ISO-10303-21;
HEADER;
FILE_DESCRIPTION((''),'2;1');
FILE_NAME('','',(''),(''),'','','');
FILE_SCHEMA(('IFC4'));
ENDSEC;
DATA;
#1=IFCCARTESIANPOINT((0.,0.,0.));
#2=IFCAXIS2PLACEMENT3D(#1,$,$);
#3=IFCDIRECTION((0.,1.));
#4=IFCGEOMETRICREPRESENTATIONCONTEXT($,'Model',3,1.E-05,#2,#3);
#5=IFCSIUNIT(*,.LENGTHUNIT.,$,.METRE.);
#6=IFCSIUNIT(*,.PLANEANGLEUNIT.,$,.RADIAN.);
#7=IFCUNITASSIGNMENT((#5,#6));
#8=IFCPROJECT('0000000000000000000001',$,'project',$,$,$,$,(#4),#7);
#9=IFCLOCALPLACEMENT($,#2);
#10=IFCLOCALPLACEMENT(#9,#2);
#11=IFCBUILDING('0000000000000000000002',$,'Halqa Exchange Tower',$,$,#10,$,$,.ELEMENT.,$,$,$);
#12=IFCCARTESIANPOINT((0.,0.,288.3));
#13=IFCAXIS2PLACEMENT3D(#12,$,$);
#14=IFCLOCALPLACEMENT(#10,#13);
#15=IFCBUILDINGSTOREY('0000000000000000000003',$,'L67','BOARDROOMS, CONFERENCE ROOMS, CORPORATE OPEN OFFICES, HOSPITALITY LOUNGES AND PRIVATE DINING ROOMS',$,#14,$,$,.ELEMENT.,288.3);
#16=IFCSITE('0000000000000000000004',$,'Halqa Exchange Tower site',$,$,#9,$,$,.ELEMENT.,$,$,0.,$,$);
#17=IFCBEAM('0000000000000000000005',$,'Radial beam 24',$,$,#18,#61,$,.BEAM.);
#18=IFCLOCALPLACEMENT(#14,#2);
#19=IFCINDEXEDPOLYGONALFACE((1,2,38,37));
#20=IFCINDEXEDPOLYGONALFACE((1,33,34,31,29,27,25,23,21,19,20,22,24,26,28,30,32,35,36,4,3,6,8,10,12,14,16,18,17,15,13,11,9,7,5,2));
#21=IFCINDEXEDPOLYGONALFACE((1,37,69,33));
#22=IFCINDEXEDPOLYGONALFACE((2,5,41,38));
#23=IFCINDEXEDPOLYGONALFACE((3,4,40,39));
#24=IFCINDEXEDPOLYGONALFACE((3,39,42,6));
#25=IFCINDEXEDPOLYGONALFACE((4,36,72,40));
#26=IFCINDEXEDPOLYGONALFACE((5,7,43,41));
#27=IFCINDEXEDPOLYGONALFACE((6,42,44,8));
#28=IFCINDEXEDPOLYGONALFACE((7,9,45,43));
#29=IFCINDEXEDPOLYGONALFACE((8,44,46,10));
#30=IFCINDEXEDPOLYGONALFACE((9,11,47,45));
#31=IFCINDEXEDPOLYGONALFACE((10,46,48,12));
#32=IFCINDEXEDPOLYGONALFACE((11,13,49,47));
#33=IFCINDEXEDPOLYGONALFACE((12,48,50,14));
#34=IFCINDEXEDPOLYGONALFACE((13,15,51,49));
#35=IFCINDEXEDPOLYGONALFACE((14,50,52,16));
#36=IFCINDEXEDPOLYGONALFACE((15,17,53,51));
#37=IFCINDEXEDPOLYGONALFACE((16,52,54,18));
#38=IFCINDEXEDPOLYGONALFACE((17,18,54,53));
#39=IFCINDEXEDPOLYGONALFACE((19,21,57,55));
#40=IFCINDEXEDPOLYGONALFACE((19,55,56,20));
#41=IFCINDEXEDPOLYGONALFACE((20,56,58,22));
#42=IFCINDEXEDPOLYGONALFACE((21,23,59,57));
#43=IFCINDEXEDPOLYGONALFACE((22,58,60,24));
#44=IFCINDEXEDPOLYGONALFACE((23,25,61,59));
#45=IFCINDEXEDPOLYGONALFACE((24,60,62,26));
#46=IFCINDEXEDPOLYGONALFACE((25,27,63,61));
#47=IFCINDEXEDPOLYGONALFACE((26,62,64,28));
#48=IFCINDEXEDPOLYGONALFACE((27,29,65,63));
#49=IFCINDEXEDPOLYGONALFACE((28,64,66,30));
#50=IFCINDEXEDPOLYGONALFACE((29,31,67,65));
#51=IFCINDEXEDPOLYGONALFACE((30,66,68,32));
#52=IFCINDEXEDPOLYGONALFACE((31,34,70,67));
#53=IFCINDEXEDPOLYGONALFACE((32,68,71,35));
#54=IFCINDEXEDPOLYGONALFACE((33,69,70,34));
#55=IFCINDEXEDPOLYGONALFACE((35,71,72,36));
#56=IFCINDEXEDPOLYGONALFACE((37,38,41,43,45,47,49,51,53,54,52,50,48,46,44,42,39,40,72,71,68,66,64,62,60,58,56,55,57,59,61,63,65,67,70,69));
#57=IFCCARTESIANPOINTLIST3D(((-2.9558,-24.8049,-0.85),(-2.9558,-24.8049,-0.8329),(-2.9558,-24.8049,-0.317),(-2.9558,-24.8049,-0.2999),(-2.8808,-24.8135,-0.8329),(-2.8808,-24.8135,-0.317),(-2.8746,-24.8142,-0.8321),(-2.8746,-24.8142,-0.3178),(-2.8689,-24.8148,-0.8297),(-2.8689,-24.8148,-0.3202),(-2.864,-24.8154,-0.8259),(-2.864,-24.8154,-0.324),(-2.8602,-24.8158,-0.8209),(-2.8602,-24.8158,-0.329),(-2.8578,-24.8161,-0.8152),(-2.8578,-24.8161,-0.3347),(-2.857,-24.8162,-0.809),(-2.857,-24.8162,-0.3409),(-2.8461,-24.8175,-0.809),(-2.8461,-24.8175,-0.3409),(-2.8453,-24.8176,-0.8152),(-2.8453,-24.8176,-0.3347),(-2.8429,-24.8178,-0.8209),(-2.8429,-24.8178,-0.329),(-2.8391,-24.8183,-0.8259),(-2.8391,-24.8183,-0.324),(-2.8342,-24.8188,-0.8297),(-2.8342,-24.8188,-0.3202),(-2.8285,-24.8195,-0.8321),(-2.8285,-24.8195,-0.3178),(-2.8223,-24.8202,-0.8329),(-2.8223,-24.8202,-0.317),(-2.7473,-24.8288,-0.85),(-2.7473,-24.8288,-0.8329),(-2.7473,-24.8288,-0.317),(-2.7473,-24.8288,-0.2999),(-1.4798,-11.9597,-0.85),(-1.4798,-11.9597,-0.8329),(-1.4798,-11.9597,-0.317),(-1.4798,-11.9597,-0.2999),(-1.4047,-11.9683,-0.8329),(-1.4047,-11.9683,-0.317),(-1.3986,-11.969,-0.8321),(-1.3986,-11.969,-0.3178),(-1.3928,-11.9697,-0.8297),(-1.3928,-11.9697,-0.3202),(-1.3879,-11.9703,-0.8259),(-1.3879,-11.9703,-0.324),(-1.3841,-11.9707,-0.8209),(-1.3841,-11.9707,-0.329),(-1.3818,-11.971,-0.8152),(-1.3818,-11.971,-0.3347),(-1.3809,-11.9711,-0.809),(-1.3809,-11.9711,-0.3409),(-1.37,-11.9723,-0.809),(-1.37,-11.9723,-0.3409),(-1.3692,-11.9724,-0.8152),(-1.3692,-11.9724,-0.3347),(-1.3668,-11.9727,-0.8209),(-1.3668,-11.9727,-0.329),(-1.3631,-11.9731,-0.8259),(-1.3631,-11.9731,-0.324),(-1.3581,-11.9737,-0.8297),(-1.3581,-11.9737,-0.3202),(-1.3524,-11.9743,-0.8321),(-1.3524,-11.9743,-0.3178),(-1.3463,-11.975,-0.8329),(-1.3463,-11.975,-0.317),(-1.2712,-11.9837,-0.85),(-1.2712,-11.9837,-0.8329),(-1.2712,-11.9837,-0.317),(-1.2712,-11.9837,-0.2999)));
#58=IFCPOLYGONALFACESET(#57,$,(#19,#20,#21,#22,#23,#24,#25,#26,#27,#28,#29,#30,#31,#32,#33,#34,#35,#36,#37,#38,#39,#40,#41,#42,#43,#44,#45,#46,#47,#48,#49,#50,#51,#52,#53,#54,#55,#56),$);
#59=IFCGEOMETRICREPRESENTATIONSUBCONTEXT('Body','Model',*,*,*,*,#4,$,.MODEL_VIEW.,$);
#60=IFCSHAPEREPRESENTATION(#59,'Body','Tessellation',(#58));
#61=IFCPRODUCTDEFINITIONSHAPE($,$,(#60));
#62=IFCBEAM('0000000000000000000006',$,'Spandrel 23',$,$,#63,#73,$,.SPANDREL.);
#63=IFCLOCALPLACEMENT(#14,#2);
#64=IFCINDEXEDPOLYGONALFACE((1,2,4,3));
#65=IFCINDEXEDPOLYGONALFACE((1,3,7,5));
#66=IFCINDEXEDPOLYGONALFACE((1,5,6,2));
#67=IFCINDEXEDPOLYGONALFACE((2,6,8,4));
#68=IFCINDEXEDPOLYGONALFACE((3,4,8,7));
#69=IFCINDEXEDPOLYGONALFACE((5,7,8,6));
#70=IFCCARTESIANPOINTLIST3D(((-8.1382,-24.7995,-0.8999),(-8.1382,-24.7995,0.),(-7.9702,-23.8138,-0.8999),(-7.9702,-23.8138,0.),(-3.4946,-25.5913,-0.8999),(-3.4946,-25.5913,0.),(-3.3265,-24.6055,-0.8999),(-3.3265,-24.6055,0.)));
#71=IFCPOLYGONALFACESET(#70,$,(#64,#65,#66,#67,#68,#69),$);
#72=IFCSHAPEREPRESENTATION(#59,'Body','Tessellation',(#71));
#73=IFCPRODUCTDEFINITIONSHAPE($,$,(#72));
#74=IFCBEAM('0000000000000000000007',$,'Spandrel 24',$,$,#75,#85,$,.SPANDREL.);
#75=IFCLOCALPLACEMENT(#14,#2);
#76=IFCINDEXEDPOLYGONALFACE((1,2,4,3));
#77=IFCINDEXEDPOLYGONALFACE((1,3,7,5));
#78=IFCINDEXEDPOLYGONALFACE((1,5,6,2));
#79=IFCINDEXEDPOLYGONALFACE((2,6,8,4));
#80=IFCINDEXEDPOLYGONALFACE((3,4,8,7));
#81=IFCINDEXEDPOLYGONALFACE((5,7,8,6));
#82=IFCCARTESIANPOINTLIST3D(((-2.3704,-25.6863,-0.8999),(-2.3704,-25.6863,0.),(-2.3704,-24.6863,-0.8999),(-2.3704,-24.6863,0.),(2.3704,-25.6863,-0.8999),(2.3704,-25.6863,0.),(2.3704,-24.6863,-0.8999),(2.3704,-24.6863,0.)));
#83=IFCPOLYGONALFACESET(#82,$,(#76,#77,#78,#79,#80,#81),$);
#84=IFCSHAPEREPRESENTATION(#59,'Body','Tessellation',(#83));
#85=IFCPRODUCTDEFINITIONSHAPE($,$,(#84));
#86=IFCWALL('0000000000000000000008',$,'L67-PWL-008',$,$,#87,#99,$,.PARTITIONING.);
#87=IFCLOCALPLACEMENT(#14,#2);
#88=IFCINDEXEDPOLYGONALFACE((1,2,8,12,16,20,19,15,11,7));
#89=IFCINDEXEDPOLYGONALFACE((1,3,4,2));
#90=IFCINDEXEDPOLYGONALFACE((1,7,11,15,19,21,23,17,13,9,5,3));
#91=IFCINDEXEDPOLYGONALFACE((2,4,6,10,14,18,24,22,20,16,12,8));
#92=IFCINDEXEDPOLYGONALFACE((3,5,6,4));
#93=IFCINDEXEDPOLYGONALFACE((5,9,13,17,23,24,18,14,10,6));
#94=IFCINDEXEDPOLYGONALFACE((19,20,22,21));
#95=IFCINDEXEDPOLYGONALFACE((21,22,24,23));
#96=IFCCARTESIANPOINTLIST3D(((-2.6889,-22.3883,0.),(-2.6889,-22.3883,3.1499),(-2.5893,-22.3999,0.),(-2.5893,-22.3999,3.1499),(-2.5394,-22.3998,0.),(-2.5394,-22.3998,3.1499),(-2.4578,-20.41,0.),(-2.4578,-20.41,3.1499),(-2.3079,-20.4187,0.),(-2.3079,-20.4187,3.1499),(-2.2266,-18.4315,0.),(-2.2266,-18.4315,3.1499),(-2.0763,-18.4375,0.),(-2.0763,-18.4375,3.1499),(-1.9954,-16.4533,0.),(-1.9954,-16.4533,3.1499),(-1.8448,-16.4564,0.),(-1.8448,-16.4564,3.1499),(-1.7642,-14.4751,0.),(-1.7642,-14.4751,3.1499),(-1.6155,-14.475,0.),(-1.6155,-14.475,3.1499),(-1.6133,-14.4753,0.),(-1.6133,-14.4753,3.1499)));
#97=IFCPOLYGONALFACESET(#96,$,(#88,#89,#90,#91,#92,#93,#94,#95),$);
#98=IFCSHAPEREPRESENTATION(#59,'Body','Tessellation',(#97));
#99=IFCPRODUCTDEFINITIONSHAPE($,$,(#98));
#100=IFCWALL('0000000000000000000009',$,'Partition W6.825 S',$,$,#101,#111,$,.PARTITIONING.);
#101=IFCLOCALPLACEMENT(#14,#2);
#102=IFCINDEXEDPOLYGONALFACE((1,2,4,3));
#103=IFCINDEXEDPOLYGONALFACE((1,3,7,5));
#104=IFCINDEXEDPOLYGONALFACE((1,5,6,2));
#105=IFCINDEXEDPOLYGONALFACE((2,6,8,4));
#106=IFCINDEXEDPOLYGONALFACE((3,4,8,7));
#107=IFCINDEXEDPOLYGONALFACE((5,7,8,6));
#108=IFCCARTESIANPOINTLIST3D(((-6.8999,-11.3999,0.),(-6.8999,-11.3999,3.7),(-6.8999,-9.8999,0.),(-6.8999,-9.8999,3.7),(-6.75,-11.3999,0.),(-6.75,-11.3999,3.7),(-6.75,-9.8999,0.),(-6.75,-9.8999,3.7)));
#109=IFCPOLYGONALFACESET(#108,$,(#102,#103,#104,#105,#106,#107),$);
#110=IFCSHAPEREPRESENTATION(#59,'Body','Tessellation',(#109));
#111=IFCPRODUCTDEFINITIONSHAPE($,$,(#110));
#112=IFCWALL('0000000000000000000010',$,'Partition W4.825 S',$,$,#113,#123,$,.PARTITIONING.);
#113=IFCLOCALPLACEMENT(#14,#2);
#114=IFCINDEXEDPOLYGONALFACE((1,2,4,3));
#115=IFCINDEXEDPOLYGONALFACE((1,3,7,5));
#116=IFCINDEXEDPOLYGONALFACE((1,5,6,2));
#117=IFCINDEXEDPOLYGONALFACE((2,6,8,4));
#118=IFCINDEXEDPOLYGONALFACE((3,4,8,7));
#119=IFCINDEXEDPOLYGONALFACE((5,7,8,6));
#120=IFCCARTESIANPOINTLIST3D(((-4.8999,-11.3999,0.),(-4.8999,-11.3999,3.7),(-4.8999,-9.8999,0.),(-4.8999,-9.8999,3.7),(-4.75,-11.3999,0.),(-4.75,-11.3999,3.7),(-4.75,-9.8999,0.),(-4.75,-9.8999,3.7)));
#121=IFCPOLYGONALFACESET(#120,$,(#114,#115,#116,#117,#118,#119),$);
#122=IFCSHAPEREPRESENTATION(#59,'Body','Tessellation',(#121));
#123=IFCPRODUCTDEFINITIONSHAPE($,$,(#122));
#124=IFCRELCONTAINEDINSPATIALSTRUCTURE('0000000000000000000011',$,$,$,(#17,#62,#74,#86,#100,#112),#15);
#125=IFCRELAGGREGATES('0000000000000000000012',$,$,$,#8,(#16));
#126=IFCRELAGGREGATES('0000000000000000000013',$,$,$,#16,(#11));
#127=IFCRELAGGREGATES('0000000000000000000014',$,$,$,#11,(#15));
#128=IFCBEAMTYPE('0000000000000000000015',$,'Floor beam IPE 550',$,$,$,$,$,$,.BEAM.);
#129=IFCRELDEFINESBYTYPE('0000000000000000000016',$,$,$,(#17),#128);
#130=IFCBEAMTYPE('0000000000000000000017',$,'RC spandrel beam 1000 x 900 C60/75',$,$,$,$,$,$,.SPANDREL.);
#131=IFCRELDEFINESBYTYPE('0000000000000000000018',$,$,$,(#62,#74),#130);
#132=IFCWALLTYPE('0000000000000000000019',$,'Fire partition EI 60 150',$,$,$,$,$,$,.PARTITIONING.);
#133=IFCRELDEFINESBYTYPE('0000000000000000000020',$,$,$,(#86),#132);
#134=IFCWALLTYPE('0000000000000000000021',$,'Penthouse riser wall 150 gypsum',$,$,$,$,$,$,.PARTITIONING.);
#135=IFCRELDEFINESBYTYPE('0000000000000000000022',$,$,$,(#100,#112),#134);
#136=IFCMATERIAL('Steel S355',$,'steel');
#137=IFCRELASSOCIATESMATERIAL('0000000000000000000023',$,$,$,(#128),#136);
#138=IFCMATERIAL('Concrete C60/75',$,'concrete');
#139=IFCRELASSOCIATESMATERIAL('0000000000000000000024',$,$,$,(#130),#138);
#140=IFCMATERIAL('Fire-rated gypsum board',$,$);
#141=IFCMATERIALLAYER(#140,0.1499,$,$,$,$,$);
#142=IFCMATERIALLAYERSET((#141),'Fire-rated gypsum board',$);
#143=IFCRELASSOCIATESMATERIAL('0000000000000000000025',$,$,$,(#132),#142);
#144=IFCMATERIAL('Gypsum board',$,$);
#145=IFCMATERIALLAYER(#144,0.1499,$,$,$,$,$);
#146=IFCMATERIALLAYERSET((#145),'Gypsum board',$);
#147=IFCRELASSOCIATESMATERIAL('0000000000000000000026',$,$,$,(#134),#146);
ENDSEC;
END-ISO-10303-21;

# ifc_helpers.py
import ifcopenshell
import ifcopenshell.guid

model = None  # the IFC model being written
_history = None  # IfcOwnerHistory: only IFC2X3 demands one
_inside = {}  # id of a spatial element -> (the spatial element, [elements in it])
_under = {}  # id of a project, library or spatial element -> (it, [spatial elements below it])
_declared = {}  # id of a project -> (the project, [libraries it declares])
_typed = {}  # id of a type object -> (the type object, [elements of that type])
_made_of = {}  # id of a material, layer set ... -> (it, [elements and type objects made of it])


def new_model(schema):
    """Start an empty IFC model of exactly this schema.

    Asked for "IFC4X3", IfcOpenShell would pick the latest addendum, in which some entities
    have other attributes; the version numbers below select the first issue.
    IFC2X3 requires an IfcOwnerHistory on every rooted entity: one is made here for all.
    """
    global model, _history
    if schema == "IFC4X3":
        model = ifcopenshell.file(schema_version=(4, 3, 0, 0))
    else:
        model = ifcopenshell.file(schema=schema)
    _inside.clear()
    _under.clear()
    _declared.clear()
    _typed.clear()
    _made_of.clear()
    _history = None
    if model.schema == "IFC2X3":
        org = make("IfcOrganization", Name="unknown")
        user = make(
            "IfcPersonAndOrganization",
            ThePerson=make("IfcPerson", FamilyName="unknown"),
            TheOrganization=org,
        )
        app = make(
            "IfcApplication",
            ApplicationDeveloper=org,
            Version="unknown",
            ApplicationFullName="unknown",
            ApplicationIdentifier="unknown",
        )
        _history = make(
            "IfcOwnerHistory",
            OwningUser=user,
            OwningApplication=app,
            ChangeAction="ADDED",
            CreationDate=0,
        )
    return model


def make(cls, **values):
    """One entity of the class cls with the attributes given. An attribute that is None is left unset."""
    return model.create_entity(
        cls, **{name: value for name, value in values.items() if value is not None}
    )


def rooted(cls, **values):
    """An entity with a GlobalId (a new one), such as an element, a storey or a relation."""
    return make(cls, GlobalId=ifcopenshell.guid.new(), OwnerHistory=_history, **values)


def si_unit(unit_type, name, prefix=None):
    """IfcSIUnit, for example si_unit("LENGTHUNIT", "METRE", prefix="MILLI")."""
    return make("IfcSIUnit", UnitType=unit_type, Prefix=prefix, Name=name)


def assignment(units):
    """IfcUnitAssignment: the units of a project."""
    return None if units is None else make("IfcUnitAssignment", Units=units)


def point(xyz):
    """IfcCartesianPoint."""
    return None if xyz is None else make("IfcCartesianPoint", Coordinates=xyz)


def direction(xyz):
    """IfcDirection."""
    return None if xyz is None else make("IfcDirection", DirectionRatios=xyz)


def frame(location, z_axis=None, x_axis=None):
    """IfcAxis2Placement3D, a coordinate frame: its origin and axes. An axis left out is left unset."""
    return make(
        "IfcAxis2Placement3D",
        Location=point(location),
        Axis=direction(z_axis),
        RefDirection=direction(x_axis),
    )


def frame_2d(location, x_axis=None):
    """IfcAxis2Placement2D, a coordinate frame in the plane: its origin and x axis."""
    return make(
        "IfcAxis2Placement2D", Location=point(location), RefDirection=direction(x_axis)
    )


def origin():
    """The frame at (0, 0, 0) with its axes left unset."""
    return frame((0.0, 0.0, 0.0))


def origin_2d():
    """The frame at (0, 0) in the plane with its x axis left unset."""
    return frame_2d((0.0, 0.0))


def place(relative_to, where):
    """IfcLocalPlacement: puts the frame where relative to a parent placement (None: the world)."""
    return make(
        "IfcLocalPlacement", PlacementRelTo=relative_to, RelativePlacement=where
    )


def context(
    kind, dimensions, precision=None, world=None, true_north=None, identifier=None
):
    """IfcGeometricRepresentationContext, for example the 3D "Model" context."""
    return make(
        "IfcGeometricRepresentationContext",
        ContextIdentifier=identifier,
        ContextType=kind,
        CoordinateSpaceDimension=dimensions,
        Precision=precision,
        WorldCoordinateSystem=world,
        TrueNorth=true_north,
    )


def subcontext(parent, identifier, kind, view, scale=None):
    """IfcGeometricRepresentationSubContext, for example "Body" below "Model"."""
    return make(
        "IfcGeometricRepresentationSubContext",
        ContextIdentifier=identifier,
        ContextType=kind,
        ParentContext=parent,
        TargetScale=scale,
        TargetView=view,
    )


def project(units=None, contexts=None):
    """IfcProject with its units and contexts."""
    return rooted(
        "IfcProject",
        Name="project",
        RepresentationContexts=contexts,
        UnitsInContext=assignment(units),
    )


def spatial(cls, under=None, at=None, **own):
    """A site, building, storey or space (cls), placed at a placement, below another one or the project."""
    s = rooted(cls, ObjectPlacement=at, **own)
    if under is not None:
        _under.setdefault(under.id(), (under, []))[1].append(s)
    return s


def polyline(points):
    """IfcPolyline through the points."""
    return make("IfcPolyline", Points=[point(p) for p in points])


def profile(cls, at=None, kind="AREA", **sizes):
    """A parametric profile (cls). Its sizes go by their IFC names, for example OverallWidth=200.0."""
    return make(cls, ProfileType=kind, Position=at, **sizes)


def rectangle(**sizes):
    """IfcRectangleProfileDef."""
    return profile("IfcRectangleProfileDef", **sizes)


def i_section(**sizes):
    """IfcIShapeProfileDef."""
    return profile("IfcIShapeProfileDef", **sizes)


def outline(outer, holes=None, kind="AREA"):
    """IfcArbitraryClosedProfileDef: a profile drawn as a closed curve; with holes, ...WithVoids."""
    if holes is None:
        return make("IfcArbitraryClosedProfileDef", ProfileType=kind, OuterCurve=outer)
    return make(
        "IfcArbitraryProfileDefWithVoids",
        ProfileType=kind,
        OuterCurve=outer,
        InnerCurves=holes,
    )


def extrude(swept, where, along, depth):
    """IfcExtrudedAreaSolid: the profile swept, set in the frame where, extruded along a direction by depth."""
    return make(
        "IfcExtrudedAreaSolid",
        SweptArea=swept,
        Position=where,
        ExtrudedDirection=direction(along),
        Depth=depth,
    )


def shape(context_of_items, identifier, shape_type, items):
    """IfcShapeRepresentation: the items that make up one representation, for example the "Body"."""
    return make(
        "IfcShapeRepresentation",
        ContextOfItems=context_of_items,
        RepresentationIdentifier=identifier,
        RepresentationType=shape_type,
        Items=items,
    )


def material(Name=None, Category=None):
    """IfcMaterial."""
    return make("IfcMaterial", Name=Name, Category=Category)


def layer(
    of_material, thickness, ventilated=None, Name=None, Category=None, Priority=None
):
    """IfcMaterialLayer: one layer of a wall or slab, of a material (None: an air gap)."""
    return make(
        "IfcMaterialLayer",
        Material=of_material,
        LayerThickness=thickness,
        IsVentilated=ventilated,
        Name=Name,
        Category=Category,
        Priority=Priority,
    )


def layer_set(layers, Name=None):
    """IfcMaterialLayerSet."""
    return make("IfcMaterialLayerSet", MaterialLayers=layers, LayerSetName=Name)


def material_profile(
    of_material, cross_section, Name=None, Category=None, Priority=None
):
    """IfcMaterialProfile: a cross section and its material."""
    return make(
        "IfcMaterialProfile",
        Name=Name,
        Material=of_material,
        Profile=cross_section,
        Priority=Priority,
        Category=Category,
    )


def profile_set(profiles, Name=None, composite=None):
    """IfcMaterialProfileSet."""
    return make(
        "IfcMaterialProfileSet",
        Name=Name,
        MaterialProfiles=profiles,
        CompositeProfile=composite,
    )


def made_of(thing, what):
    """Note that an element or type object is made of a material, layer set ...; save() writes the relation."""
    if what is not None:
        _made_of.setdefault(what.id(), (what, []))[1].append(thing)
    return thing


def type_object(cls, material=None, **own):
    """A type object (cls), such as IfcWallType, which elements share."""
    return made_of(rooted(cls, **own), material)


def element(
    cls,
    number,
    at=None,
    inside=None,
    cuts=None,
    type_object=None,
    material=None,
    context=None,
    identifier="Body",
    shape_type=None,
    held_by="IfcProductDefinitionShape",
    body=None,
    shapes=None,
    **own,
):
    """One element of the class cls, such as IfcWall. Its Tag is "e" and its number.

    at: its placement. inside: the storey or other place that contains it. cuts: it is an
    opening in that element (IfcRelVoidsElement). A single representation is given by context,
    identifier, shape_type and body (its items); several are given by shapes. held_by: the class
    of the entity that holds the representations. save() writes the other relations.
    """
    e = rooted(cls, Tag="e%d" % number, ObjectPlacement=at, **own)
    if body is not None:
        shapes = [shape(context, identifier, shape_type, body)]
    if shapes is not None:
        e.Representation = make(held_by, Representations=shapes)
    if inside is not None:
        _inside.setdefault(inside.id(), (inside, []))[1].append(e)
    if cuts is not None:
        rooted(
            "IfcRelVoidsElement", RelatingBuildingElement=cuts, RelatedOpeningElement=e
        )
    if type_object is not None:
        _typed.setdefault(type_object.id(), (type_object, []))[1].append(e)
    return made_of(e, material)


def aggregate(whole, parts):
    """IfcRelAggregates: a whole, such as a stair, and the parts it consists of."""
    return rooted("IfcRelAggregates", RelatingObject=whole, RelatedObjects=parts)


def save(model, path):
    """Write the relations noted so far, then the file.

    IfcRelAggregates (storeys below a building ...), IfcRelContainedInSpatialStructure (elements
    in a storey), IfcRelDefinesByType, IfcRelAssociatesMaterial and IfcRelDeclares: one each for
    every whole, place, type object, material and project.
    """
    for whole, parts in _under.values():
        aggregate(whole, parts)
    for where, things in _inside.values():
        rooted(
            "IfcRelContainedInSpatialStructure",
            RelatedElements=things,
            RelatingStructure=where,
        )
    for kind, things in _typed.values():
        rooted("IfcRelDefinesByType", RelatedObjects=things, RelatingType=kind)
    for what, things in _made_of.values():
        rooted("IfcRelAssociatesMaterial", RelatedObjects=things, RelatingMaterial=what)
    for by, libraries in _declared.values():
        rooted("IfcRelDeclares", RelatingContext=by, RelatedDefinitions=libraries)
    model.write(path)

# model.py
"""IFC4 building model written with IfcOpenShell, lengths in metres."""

from ifc_helpers import new_model, si_unit, direction, frame, frame_2d, origin, origin_2d, place, context, subcontext, project, spatial, polyline, rectangle, i_section, outline, extrude, material, layer, layer_set, material_profile, profile_set, type_object, element, save


model = new_model("IFC4")

# Units and contexts
model_context = context("Model", 3, precision=1e-05, world=origin(), true_north=direction((0.0, 1.0)))
body_context = subcontext(model_context, "Body", "Model", "MODEL_VIEW")
ifc_project = project(units=[si_unit("LENGTHUNIT", "METRE"), si_unit("PLANEANGLEUNIT", "RADIAN")], contexts=[model_context])

# Site, building, storey
site_placement = place(None, origin())
site = spatial("IfcSite", under=ifc_project, at=site_placement, Name="Halqa Exchange Tower site", CompositionType="ELEMENT", RefElevation=0.0)
building_placement = place(site_placement, origin())
building = spatial("IfcBuilding", under=site, at=building_placement, Name="Halqa Exchange Tower", CompositionType="ELEMENT")
storey_placement = place(building_placement, frame((0.0, 0.0, 288.3)))
storey = spatial("IfcBuildingStorey", under=building, at=storey_placement, Name="L67", Description="BOARDROOMS, CONFERENCE ROOMS, CORPORATE OPEN OFFICES, HOSPITALITY LOUNGES AND PRIVATE DINING ROOMS", CompositionType="ELEMENT", Elevation=288.3)

# Shared definitions
ifc_material_1 = material(Name="Concrete C60/75", Category="concrete")

# Beams
ifc_material_2 = material(Name="Steel S355", Category="steel")
ifc_material_profile_1 = material_profile(ifc_material_2, i_section(OverallWidth=0.21, OverallDepth=0.55, WebThickness=0.011, FlangeThickness=0.0171, FilletRadius=0.0239, at=origin_2d()), Name="IPE 550")
ifc_profile_set_1 = profile_set([ifc_material_profile_1], Name="Steel S355")
beam_type_1 = type_object("IfcBeamType", Name="Floor beam IPE 550", PredefinedType="BEAM", material=ifc_profile_set_1)
beam_1_placement = place(storey_placement, frame((-1.3755, -11.9717, -0.575), z_axis=(-0.114161, -0.993462, 0.0), x_axis=(0.993462, -0.114161, 0.0)))
element("IfcBeam", 1, at=beam_1_placement, inside=storey, type_object=beam_type_1, Name="Radial beam 24", PredefinedType="BEAM", context=body_context, shape_type="SweptSolid", body=[
    extrude(i_section(OverallWidth=0.21, OverallDepth=0.55, WebThickness=0.011, FlangeThickness=0.0171, FilletRadius=0.0239, at=origin_2d()), origin(), (0.0, 0.0, 1.0), 12.9297),
])
ifc_material_profile_2 = material_profile(ifc_material_1, rectangle(XDim=1.0, YDim=0.8999, at=origin_2d()), Name="1000 x 900")
ifc_profile_set_2 = profile_set([ifc_material_profile_2], Name="Concrete C60/75")
beam_type_2 = type_object("IfcBeamType", Name="RC spandrel beam 1000 x 900 C60/75", PredefinedType="SPANDREL", material=ifc_profile_set_2)
beam_2_placement = place(storey_placement, frame((-8.0542, -24.3066, -0.45), z_axis=(0.985775, -0.16807, 0.0), x_axis=(0.16807, 0.985775, 0.0)))
element("IfcBeam", 2, at=beam_2_placement, inside=storey, type_object=beam_type_2, Name="Spandrel 23", PredefinedType="SPANDREL", context=body_context, shape_type="SweptSolid", body=[
    extrude(rectangle(XDim=1.0, YDim=0.8999, at=origin_2d()), origin(), (0.0, 0.0, 1.0), 4.7107),
])
beam_3_placement = place(storey_placement, frame((-2.3704, -25.1863, -0.45), z_axis=(1.0, 0.0, 0.0), x_axis=(0.0, 1.0, 0.0)))
element("IfcBeam", 3, at=beam_3_placement, inside=storey, type_object=beam_type_2, Name="Spandrel 24", PredefinedType="SPANDREL", context=body_context, shape_type="SweptSolid", body=[
    extrude(rectangle(XDim=1.0, YDim=0.8999, at=origin_2d()), origin(), (0.0, 0.0, 1.0), 4.7407),
])

# Walls
ifc_material_3 = material(Name="Fire-rated gypsum board")
ifc_layer_1 = layer(ifc_material_3, 0.1499)
ifc_layer_set_1 = layer_set([ifc_layer_1], Name="Fire-rated gypsum board")
wall_type_1 = type_object("IfcWallType", Name="Fire partition EI 60 150", PredefinedType="PARTITIONING", material=ifc_layer_set_1)
wall_1_placement = place(storey_placement, frame((-1.6877, -14.4666, 0.0), z_axis=(0.0, 0.0, 1.0), x_axis=(-0.116071, -0.993241, 0.0)))
element("IfcWall", 4, at=wall_1_placement, inside=storey, type_object=wall_type_1, Name="L67-PWL-008", PredefinedType="PARTITIONING", context=body_context, shape_type="SweptSolid", body=[
    extrude(outline(polyline([(7.9844, -0.075), (7.9844, 0.0254), (7.9785, 0.075), (5.9839, 0.075), (3.9893, 0.075), (1.9946, 0.075), (0.0, 0.075), (0.0, 0.0728), (0.0173, -0.075), (2.009, -0.075), (4.0007, -0.075), (5.9927, -0.075), (7.9844, -0.075)])), origin(), (0.0, 0.0, 1.0), 3.1499),
])
ifc_material_4 = material(Name="Gypsum board")
ifc_layer_2 = layer(ifc_material_4, 0.1499)
ifc_layer_set_2 = layer_set([ifc_layer_2], Name="Gypsum board")
wall_type_2 = type_object("IfcWallType", Name="Penthouse riser wall 150 gypsum", PredefinedType="PARTITIONING", material=ifc_layer_set_2)
for number, where, z_axis, x_axis, name in (
    (5, (-6.825, -11.3999, 0.0), (0.0, 0.0, 1.0), (0.0, 1.0, 0.0), "Partition W6.825 S"),
    (6, (-4.825, -11.3999, 0.0), (0.0, 0.0, 1.0), (0.0, 1.0, 0.0), "Partition W4.825 S"),
):
    element("IfcWall", number, at=place(storey_placement, frame(where, z_axis=z_axis, x_axis=x_axis)), inside=storey, type_object=wall_type_2, Name=name, PredefinedType="PARTITIONING", context=body_context, shape_type="SweptSolid", body=[
        extrude(rectangle(XDim=1.5, YDim=0.1499, at=frame_2d((0.75, 0.0))), origin(), (0.0, 0.0, 1.0), 3.7),
    ])

save(model, "model.ifc")
